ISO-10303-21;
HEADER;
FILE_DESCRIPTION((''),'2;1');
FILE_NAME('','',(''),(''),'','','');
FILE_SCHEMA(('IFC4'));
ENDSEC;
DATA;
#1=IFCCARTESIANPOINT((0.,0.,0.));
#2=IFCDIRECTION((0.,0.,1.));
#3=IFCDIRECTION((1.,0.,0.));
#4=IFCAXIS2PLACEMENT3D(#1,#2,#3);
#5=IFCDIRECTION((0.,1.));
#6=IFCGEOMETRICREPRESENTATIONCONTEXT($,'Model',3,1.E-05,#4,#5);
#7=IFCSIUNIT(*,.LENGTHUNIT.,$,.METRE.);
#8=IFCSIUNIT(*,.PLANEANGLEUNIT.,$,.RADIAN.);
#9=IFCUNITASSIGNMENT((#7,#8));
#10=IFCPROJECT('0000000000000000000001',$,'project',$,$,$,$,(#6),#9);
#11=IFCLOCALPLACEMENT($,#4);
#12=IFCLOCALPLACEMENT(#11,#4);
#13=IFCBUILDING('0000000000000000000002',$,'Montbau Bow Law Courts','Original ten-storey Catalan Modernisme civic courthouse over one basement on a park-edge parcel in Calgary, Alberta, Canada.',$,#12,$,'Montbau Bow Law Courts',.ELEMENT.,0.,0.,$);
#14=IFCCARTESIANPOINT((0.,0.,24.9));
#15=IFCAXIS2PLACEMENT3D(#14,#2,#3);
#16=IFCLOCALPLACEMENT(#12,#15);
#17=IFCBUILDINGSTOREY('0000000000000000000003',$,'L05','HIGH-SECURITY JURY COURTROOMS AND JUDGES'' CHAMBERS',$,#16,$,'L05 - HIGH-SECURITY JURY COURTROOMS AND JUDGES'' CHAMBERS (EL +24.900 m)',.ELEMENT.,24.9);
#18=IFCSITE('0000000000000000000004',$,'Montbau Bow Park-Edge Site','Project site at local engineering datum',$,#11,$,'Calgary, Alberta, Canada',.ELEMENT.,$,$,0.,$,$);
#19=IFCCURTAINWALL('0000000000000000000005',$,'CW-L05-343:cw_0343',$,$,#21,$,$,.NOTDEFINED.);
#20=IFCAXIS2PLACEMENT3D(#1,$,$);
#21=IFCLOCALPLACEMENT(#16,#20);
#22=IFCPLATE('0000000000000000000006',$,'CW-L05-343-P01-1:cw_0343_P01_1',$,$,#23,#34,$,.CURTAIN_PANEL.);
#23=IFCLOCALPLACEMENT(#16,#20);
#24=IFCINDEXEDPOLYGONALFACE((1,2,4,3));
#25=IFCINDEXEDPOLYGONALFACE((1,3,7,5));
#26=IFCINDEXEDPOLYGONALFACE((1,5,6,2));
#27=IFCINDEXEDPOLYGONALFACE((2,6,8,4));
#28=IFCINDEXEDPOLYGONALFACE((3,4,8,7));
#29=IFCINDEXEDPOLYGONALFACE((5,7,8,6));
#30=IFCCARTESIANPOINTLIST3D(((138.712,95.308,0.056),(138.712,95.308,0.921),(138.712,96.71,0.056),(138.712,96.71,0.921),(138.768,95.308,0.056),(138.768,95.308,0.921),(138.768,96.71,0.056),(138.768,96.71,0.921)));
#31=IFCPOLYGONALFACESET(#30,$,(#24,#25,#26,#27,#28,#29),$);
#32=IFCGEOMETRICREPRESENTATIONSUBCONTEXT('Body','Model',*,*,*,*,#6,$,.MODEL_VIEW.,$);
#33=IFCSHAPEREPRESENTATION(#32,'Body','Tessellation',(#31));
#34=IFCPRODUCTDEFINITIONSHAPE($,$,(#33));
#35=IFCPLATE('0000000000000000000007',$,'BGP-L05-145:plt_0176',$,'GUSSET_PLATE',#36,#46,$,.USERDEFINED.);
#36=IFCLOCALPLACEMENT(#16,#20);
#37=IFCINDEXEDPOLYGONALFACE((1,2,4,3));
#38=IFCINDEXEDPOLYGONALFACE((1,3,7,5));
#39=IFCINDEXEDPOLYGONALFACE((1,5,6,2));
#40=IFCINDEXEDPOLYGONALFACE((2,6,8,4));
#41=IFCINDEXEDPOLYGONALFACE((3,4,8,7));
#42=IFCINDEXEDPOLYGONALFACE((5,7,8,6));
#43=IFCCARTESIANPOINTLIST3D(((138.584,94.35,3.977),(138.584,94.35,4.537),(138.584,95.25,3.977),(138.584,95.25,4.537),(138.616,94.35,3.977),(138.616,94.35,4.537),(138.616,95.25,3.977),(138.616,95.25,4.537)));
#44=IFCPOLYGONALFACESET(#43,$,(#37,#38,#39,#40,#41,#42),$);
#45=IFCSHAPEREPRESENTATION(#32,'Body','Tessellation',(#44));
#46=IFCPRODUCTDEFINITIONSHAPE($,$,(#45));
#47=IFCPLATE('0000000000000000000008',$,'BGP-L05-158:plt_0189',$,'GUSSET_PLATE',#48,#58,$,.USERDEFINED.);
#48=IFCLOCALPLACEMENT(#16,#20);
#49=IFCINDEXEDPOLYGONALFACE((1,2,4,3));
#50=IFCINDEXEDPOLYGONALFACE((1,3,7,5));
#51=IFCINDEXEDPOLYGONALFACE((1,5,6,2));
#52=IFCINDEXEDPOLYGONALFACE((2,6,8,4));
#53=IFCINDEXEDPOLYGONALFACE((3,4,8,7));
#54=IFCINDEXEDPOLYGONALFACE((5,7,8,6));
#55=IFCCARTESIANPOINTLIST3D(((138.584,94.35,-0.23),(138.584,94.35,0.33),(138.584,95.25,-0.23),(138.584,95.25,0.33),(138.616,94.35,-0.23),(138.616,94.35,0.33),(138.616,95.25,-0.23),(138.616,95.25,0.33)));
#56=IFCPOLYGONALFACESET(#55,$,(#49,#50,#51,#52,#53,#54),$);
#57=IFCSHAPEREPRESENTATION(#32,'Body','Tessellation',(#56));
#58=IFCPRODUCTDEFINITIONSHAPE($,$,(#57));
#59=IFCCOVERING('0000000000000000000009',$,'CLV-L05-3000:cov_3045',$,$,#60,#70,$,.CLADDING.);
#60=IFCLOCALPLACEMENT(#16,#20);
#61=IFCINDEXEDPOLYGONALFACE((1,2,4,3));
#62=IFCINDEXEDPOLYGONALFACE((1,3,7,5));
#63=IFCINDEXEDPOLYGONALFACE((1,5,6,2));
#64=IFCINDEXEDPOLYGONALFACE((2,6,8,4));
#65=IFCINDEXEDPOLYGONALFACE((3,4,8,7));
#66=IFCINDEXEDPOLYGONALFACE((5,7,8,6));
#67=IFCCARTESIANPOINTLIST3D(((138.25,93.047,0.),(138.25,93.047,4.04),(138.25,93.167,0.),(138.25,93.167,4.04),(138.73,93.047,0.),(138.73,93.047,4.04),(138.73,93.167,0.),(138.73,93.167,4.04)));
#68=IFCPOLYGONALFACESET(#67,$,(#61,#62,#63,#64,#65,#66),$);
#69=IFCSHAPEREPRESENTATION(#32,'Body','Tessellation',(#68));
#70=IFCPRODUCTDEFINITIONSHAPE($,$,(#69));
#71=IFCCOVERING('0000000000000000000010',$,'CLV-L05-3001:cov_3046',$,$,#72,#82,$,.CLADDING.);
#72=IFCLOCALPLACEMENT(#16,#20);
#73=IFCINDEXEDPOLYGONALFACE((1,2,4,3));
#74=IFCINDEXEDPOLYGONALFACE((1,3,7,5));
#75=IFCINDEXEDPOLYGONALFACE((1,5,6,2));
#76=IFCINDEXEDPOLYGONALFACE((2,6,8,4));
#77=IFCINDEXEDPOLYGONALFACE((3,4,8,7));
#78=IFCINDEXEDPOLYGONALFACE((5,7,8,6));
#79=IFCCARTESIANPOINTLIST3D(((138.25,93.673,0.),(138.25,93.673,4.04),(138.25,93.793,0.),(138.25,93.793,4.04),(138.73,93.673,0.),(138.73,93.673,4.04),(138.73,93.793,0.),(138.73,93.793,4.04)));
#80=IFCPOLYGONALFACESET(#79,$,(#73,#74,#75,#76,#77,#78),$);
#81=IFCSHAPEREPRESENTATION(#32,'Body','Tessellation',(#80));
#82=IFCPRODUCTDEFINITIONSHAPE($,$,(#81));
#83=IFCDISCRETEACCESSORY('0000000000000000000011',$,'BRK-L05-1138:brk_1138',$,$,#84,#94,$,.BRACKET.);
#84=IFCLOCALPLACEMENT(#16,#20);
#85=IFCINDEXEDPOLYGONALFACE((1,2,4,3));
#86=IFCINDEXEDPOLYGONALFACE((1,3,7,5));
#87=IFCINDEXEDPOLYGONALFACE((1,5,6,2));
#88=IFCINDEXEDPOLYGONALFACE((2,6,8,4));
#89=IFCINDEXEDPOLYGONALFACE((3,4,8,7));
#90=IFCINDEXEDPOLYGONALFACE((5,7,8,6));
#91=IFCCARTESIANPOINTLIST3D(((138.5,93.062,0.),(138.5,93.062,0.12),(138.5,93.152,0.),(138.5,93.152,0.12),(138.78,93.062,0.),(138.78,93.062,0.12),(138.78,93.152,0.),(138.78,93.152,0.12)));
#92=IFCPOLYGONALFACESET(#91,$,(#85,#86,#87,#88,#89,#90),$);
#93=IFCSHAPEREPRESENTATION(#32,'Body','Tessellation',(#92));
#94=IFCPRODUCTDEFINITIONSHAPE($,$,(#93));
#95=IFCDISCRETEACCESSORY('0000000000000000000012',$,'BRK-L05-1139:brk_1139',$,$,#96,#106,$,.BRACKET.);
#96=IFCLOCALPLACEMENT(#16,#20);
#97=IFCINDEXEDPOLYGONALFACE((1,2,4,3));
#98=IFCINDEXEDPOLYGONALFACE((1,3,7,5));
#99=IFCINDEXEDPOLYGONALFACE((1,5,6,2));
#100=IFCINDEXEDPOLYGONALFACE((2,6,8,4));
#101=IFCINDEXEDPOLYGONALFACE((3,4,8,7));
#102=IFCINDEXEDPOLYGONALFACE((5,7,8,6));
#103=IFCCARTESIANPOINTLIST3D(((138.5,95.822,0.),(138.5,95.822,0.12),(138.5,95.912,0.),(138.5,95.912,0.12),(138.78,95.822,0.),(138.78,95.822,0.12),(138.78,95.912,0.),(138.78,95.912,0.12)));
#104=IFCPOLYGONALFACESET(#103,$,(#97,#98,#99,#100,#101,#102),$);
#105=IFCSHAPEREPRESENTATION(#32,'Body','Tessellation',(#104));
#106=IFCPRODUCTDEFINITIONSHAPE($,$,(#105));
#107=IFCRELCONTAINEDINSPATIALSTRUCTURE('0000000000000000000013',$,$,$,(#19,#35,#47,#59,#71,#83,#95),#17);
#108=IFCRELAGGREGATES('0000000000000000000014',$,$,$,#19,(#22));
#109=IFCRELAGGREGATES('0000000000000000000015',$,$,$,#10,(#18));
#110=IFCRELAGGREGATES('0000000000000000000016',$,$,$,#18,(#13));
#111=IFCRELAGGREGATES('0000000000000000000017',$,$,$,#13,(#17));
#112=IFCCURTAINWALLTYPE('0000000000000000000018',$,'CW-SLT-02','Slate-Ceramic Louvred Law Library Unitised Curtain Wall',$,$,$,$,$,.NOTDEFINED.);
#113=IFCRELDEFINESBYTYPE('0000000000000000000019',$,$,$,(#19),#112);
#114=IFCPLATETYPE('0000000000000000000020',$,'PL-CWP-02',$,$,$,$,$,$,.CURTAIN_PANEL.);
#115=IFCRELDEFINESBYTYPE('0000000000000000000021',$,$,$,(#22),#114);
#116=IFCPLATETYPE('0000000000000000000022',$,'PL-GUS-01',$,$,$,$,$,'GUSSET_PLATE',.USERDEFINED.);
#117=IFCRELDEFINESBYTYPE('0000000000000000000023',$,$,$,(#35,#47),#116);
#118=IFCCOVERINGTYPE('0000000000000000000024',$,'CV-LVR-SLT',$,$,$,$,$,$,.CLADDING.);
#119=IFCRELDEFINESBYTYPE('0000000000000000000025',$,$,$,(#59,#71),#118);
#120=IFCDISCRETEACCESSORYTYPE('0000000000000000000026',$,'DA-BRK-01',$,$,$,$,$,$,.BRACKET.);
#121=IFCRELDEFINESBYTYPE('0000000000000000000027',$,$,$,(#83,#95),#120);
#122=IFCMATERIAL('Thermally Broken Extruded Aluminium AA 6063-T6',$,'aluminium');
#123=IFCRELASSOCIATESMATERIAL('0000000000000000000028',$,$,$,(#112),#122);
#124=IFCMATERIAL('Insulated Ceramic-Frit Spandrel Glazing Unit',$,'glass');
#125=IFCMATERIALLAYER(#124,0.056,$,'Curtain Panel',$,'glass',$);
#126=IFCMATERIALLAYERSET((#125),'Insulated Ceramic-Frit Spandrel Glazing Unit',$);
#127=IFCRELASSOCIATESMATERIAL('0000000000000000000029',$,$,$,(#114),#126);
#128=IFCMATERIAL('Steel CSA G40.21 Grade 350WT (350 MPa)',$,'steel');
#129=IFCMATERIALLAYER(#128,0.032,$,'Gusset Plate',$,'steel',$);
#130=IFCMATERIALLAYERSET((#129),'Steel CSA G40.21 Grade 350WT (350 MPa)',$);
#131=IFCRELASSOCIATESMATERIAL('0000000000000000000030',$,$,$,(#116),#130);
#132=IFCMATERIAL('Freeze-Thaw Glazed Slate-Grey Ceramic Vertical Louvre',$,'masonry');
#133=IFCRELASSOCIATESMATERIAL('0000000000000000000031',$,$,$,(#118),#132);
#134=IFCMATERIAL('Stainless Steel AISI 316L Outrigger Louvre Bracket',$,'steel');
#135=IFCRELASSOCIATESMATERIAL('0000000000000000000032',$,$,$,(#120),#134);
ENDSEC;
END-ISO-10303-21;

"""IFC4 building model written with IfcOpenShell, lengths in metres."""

from ifc_helpers import new_model, si_unit, direction, frame, frame_2d, origin_with_axes, origin_2d_with_axis, place, context, subcontext, project, spatial, rectangle, extrude, material, layer, layer_set, type_object, element, aggregate, save


model = new_model("IFC4")

# Units and contexts
model_context = context("Model", 3, precision=1e-05, world=origin_with_axes(), true_north=direction((0.0, 1.0)))
body_context = subcontext(model_context, "Body", "Model", "MODEL_VIEW")
ifc_project = project(units=[si_unit("LENGTHUNIT", "METRE"), si_unit("PLANEANGLEUNIT", "RADIAN")], contexts=[model_context])

# Site, building, storey
site_placement = place(None, origin_with_axes())
site = spatial("IfcSite", under=ifc_project, at=site_placement, Name="Montbau Bow Park-Edge Site", Description="Project site at local engineering datum", LongName="Calgary, Alberta, Canada", CompositionType="ELEMENT", RefElevation=0.0)
building_placement = place(site_placement, origin_with_axes())
building = spatial("IfcBuilding", under=site, at=building_placement, Name="Montbau Bow Law Courts", Description="Original ten-storey Catalan Modernisme civic courthouse over one basement on a park-edge parcel in Calgary, Alberta, Canada.", LongName="Montbau Bow Law Courts", CompositionType="ELEMENT", ElevationOfRefHeight=0.0, ElevationOfTerrain=0.0)
storey_placement = place(building_placement, frame((0.0, 0.0, 24.9), z_axis=(0.0, 0.0, 1.0), x_axis=(1.0, 0.0, 0.0)))
storey = spatial("IfcBuildingStorey", under=building, at=storey_placement, Name="L05", Description="HIGH-SECURITY JURY COURTROOMS AND JUDGES' CHAMBERS", LongName="L05 - HIGH-SECURITY JURY COURTROOMS AND JUDGES' CHAMBERS (EL +24.900 m)", CompositionType="ELEMENT", Elevation=24.9)

# Shared definitions
ifc_material_1 = material(Name="Steel CSA G40.21 Grade 350WT (350 MPa)", Category="steel")

# Curtain wall
ifc_material_2 = material(Name="Thermally Broken Extruded Aluminium AA 6063-T6", Category="aluminium")
curtain_wall_type = type_object("IfcCurtainWallType", Name="CW-SLT-02", Description="Slate-Ceramic Louvred Law Library Unitised Curtain Wall", PredefinedType="NOTDEFINED", material=ifc_material_2)
curtain_wall_1_placement = place(None, frame((138.74, 95.24, 24.9), z_axis=(0.0, 0.0, 1.0), x_axis=(1.0, 0.0, 0.0)))
curtain_wall_1 = element("IfcCurtainWall", 1, at=curtain_wall_1_placement, inside=storey, type_object=curtain_wall_type, Name="CW-L05-343:cw_0343", PredefinedType="NOTDEFINED")

# Plate
ifc_material_3 = material(Name="Insulated Ceramic-Frit Spandrel Glazing Unit", Category="glass")
ifc_layer_1 = layer(ifc_material_3, 0.056, Name="Curtain Panel", Category="glass")
ifc_layer_set_1 = layer_set([ifc_layer_1], Name="Insulated Ceramic-Frit Spandrel Glazing Unit")
plate_type_1 = type_object("IfcPlateType", Name="PL-CWP-02", PredefinedType="CURTAIN_PANEL", material=ifc_layer_set_1)
plate_1_placement = place(None, frame((138.74, 95.308, 24.956), z_axis=(1.0, 0.0, 0.0), x_axis=(0.0, 1.0, 0.0)))
plate_1 = element("IfcPlate", 2, at=plate_1_placement, type_object=plate_type_1, Name="CW-L05-343-P01-1:cw_0343_P01_1", PredefinedType="CURTAIN_PANEL", context=body_context, shape_type="SweptSolid", body=[
    extrude(rectangle(XDim=1.402, YDim=0.865, at=frame_2d((0.701, 0.4325), x_axis=(1.0, 0.0))), frame((0.0, 0.0, -0.028), z_axis=(0.0, 0.0, 1.0), x_axis=(1.0, 0.0, 0.0)), (0.0, 0.0, 1.0), 0.056),
])
aggregate(curtain_wall_1, [plate_1])

# Plates
ifc_layer_2 = layer(ifc_material_1, 0.032, Name="Gusset Plate", Category="steel")
ifc_layer_set_2 = layer_set([ifc_layer_2], Name="Steel CSA G40.21 Grade 350WT (350 MPa)")
plate_type_2 = type_object("IfcPlateType", Name="PL-GUS-01", ElementType="GUSSET_PLATE", PredefinedType="USERDEFINED", material=ifc_layer_set_2)
for number, where, z_axis, x_axis, name in (
    (3, (138.6, 94.8, 28.877), (0.0, 0.0, 1.0), (0.0, 1.0, 0.0), "BGP-L05-145:plt_0176"),
    (4, (138.6, 94.8, 24.67), (0.0, 0.0, 1.0), (0.0, 1.0, 0.0), "BGP-L05-158:plt_0189"),
):
    element("IfcPlate", number, at=place(None, frame(where, z_axis=z_axis, x_axis=x_axis)), inside=storey, type_object=plate_type_2, Name=name, ObjectType="GUSSET_PLATE", PredefinedType="USERDEFINED", context=body_context, shape_type="SweptSolid", body=[
        extrude(rectangle(XDim=0.9, YDim=0.032, at=origin_2d_with_axis()), origin_with_axes(), (0.0, 0.0, 1.0), 0.56),
    ])

# Coverings
ifc_material_4 = material(Name="Freeze-Thaw Glazed Slate-Grey Ceramic Vertical Louvre", Category="masonry")
covering_type = type_object("IfcCoveringType", Name="CV-LVR-SLT", PredefinedType="CLADDING", material=ifc_material_4)
for number, where, z_axis, x_axis, name in (
    (5, (138.73, 93.107, 24.9), (0.0, 1.0, 0.0), (-1.0, 0.0, 0.0), "CLV-L05-3000:cov_3045"),
    (6, (138.73, 93.733, 24.9), (0.0, 1.0, 0.0), (-1.0, 0.0, 0.0), "CLV-L05-3001:cov_3046"),
):
    element("IfcCovering", number, at=place(None, frame(where, z_axis=z_axis, x_axis=x_axis)), inside=storey, type_object=covering_type, Name=name, PredefinedType="CLADDING", context=body_context, shape_type="SweptSolid", body=[
        extrude(rectangle(XDim=0.48, YDim=4.04, at=frame_2d((0.24, 2.02), x_axis=(1.0, 0.0))), frame((0.0, 0.0, -0.06), z_axis=(0.0, 0.0, 1.0), x_axis=(1.0, 0.0, 0.0)), (0.0, 0.0, 1.0), 0.12),
    ])

# Discrete accessories
ifc_material_5 = material(Name="Stainless Steel AISI 316L Outrigger Louvre Bracket", Category="steel")
discrete_accessory_type = type_object("IfcDiscreteAccessoryType", Name="DA-BRK-01", PredefinedType="BRACKET", material=ifc_material_5)
for number, where, z_axis, x_axis, name in (
    (7, (138.64, 93.107, 24.9), (0.0, 0.0, 1.0), (-1.0, 0.0, 0.0), "BRK-L05-1138:brk_1138"),
    (8, (138.64, 95.867, 24.9), (0.0, 0.0, 1.0), (-1.0, 0.0, 0.0), "BRK-L05-1139:brk_1139"),
):
    element("IfcDiscreteAccessory", number, at=place(None, frame(where, z_axis=z_axis, x_axis=x_axis)), inside=storey, type_object=discrete_accessory_type, Name=name, PredefinedType="BRACKET", context=body_context, shape_type="SweptSolid", body=[
        extrude(rectangle(XDim=0.28, YDim=0.09, at=origin_2d_with_axis()), origin_with_axes(), (0.0, 0.0, 1.0), 0.12),
    ])

save(model, "model.ifc")
